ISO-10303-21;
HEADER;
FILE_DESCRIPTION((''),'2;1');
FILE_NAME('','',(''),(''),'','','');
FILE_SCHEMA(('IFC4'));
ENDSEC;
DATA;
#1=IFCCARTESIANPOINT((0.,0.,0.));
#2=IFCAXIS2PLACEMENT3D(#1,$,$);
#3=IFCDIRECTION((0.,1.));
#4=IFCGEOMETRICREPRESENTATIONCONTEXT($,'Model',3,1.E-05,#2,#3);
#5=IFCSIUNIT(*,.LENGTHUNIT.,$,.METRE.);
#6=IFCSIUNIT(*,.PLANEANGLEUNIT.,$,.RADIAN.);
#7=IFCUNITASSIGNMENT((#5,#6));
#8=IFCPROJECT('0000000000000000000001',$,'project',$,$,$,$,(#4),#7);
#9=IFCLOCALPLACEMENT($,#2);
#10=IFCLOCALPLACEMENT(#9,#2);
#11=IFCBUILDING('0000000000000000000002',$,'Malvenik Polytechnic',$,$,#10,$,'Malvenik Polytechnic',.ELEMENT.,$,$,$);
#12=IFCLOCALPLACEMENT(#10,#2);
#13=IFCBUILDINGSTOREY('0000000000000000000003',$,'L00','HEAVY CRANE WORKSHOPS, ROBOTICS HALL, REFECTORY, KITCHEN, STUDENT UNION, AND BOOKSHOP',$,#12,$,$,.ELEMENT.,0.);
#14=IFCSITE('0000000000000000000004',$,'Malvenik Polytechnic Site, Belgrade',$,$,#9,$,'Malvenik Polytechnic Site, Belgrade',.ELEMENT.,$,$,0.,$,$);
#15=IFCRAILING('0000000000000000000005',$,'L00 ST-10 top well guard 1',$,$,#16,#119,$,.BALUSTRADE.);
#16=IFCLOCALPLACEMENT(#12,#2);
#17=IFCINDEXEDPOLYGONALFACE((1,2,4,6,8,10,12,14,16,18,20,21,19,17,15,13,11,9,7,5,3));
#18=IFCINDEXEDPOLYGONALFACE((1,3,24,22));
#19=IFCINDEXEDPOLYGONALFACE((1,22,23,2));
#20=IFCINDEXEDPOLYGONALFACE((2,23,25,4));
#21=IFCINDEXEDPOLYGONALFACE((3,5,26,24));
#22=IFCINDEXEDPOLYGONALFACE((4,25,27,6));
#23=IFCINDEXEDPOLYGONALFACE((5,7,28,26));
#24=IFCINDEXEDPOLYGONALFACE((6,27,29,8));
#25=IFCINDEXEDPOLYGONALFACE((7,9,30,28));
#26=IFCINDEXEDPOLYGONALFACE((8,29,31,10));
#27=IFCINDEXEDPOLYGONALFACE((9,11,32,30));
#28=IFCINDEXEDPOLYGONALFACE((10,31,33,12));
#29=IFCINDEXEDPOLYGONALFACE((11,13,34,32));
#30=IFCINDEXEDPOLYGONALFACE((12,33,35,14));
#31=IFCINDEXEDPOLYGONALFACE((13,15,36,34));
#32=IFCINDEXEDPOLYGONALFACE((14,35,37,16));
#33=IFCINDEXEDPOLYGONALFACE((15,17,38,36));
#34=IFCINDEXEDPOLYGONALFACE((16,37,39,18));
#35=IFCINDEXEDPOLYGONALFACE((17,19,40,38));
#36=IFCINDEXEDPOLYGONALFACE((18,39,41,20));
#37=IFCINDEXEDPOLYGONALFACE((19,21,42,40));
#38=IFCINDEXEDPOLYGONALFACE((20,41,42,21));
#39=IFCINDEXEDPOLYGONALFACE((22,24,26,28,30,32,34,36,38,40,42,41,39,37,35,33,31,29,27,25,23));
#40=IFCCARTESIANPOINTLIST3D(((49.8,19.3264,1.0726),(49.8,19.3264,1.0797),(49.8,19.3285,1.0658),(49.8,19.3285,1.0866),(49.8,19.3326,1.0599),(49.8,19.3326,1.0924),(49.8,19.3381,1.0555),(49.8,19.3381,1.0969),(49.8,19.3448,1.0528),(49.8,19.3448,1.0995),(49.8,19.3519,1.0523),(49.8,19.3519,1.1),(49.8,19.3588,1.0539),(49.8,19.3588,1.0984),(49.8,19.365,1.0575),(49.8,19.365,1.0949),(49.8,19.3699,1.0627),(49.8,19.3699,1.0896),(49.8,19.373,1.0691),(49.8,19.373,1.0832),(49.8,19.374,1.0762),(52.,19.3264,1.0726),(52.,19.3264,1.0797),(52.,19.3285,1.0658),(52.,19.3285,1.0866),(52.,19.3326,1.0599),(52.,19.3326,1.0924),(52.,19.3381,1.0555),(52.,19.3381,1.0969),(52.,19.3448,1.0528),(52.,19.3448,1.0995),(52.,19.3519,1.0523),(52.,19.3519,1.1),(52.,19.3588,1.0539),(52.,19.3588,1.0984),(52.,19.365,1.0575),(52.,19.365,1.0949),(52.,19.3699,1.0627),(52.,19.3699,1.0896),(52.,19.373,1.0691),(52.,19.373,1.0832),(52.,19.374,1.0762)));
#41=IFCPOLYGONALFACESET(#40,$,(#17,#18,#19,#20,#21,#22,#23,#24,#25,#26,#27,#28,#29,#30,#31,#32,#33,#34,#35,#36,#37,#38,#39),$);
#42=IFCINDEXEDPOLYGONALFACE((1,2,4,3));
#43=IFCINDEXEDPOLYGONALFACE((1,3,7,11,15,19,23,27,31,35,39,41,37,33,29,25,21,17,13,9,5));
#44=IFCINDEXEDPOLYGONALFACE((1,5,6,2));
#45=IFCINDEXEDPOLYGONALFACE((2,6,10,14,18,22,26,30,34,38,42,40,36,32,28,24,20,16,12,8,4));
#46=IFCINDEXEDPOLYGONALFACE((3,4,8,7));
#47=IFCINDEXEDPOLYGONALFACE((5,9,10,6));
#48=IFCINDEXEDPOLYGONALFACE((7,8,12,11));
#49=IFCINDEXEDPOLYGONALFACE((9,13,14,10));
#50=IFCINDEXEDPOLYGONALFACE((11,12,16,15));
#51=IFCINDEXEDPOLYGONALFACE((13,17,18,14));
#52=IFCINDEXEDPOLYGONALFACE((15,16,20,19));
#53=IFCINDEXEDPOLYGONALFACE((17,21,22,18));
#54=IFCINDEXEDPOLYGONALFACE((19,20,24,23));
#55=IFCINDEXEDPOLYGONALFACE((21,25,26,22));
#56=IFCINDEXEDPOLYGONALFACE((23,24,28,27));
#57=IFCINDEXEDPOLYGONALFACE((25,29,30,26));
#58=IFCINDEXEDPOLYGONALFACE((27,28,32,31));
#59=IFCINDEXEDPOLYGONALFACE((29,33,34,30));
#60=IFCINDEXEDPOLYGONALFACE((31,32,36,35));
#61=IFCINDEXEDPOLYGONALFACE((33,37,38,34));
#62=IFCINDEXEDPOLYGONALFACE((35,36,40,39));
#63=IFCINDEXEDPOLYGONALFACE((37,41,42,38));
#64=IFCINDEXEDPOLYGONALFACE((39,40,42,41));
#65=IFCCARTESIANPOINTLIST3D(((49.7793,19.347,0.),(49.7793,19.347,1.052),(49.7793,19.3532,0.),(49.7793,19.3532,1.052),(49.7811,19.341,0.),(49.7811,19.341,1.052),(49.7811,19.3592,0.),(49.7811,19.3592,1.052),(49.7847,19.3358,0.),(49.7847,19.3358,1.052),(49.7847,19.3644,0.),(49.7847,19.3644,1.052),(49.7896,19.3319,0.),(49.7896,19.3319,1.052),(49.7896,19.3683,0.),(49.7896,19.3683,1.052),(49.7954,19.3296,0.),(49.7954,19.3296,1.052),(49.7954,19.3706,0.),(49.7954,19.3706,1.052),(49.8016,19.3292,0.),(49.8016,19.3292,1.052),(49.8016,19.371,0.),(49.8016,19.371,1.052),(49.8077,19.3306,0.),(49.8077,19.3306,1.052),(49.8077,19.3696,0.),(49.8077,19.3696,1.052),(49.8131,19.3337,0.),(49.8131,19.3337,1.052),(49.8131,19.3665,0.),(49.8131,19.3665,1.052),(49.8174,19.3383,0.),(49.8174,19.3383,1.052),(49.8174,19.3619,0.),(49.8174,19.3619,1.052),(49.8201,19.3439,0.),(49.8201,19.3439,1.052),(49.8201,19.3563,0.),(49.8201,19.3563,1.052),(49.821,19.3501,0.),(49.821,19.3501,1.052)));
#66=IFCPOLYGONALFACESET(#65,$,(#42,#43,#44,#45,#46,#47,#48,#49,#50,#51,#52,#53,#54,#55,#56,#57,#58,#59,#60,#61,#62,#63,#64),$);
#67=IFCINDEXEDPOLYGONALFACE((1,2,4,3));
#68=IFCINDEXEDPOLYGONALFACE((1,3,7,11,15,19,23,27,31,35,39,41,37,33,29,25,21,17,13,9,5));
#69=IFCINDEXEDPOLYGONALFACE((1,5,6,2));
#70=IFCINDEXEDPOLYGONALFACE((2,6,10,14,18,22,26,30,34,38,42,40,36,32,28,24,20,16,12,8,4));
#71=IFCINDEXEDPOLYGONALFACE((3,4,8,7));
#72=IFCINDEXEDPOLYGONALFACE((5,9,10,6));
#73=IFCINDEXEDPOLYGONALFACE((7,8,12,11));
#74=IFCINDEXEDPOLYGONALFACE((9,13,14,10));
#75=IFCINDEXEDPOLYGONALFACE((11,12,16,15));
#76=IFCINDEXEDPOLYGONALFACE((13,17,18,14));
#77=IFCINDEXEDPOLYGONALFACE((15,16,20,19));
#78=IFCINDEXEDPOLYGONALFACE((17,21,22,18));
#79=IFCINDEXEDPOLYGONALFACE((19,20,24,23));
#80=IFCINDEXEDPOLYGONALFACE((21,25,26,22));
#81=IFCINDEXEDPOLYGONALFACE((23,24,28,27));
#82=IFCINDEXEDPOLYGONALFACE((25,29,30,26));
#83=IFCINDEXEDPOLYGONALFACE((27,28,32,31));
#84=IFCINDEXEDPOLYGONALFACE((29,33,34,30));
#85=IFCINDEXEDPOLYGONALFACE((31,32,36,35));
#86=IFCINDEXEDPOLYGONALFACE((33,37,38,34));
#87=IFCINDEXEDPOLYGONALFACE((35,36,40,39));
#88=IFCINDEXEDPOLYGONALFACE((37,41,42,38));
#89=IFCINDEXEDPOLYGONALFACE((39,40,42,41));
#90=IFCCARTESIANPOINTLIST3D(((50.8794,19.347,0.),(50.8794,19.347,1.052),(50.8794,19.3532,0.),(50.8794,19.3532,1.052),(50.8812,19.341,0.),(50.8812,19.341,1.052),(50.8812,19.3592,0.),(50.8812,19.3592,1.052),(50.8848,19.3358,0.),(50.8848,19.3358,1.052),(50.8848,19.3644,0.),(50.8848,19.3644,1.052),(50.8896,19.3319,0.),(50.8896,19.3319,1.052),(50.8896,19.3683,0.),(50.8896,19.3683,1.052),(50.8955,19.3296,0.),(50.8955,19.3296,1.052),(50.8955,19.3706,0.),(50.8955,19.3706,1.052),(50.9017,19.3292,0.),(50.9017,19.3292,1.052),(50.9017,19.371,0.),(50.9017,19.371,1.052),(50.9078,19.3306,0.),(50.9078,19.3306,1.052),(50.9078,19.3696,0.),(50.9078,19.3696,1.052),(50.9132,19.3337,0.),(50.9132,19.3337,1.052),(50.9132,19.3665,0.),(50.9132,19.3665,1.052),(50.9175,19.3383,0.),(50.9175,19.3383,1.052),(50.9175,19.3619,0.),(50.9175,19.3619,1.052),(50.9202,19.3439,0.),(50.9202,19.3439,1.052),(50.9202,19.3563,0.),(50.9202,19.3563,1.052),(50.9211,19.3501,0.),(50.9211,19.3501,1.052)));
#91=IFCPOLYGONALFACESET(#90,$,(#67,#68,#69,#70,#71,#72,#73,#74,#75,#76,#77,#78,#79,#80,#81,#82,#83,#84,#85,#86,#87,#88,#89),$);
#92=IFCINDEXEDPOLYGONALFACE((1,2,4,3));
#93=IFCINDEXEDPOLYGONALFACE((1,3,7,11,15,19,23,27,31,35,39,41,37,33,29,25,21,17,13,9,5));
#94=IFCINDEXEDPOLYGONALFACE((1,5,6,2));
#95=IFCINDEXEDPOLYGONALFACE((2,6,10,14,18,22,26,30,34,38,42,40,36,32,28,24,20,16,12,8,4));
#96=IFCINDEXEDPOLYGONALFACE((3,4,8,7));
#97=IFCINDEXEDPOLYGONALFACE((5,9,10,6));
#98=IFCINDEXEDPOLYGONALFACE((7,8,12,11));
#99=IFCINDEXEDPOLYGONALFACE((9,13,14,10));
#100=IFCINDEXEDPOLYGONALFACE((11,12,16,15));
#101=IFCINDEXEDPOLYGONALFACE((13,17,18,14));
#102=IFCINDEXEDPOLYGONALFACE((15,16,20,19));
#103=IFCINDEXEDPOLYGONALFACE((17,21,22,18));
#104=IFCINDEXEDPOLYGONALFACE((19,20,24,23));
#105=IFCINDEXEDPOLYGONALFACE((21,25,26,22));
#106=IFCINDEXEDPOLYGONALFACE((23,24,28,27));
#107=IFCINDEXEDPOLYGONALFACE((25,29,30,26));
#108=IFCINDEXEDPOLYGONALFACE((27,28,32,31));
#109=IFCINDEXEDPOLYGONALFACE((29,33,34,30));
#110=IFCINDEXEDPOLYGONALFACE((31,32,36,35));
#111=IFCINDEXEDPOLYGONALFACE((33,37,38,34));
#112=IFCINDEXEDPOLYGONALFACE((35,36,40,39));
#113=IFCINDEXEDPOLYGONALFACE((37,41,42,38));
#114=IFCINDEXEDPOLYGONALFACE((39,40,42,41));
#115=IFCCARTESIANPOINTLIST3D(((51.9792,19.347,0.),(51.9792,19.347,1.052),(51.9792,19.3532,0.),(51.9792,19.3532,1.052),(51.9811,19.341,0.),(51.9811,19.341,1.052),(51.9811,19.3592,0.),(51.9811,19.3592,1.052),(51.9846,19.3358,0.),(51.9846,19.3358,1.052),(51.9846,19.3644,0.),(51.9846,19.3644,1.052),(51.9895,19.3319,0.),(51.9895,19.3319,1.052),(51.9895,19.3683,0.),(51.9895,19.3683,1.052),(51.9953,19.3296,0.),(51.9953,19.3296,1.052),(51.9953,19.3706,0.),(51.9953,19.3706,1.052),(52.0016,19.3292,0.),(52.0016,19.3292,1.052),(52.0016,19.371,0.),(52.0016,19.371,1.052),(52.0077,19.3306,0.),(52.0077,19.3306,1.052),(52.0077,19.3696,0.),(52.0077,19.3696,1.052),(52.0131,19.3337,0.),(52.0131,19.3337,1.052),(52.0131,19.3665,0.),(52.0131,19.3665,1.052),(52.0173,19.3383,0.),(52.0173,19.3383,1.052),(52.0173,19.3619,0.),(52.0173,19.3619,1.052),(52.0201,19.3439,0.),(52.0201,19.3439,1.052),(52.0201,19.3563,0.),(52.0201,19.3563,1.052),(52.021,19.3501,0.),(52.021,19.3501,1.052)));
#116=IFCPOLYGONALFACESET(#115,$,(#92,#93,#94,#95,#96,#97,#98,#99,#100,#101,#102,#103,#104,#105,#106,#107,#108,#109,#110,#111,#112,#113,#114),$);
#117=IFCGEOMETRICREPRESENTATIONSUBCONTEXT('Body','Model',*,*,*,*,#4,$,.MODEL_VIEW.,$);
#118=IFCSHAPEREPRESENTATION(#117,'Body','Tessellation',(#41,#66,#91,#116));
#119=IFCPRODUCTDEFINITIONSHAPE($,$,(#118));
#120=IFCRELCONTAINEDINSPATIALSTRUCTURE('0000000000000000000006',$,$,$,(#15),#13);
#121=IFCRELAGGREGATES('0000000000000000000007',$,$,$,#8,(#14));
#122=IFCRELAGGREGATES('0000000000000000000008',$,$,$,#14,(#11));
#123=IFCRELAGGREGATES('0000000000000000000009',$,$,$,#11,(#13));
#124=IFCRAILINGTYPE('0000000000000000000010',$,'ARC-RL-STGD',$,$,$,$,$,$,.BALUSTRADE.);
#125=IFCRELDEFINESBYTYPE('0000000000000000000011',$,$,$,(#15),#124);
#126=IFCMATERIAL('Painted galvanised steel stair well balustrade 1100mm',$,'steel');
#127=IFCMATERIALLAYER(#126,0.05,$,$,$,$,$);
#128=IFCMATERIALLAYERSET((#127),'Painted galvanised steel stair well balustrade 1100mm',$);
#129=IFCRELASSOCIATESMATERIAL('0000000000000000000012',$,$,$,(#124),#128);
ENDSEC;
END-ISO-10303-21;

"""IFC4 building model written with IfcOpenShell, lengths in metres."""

from ifc_helpers import new_model, si_unit, direction, frame, origin, origin_2d, place, context, subcontext, project, spatial, circle, extrude, material, layer, layer_set, type_object, element, save


model = new_model("IFC4")

# Units and contexts
model_context = context("Model", 3, precision=1e-05, world=origin(), true_north=direction((0.0, 1.0)))
body_context = subcontext(model_context, "Body", "Model", "MODEL_VIEW")
ifc_project = project(units=[si_unit("LENGTHUNIT", "METRE"), si_unit("PLANEANGLEUNIT", "RADIAN")], contexts=[model_context])

# Site, building, storey
site_placement = place(None, origin())
site = spatial("IfcSite", under=ifc_project, at=site_placement, Name="Malvenik Polytechnic Site, Belgrade", LongName="Malvenik Polytechnic Site, Belgrade", CompositionType="ELEMENT", RefElevation=0.0)
building_placement = place(site_placement, origin())
building = spatial("IfcBuilding", under=site, at=building_placement, Name="Malvenik Polytechnic", LongName="Malvenik Polytechnic", CompositionType="ELEMENT")
storey_placement = place(building_placement, origin())
storey = spatial("IfcBuildingStorey", under=building, at=storey_placement, Name="L00", Description="HEAVY CRANE WORKSHOPS, ROBOTICS HALL, REFECTORY, KITCHEN, STUDENT UNION, AND BOOKSHOP", CompositionType="ELEMENT", Elevation=0.0)

# Railing
ifc_material_1 = material(Name="Painted galvanised steel stair well balustrade 1100mm", Category="steel")
ifc_layer_1 = layer(ifc_material_1, 0.05)
ifc_layer_set_1 = layer_set([ifc_layer_1], Name="Painted galvanised steel stair well balustrade 1100mm")
railing_type_1 = type_object("IfcRailingType", Name="ARC-RL-STGD", PredefinedType="BALUSTRADE", material=ifc_layer_set_1)
railing_1_placement = place(storey_placement, frame((49.8, 19.3501, 0.0)))
element("IfcRailing", 1, at=railing_1_placement, inside=storey, type_object=railing_type_1, Name="L00 ST-10 top well guard 1", PredefinedType="BALUSTRADE", context=body_context, shape_type="SweptSolid", body=[
    extrude(circle(Radius=0.0239, at=origin_2d()), frame((0.0, 0.0, 1.0762), z_axis=(1.0, 0.0, 0.0), x_axis=(0.0, 1.0, 0.0)), (0.0, 0.0, 1.0), 2.2),
    extrude(circle(Radius=0.021, at=origin_2d()), origin(), (0.0, 0.0, 1.0), 1.052),
    extrude(circle(Radius=0.021, at=origin_2d()), frame((1.1001, 0.0, 0.0)), (0.0, 0.0, 1.0), 1.052),
    extrude(circle(Radius=0.021, at=origin_2d()), frame((2.2, 0.0, 0.0)), (0.0, 0.0, 1.0), 1.052),
])

save(model, "model.ifc")
